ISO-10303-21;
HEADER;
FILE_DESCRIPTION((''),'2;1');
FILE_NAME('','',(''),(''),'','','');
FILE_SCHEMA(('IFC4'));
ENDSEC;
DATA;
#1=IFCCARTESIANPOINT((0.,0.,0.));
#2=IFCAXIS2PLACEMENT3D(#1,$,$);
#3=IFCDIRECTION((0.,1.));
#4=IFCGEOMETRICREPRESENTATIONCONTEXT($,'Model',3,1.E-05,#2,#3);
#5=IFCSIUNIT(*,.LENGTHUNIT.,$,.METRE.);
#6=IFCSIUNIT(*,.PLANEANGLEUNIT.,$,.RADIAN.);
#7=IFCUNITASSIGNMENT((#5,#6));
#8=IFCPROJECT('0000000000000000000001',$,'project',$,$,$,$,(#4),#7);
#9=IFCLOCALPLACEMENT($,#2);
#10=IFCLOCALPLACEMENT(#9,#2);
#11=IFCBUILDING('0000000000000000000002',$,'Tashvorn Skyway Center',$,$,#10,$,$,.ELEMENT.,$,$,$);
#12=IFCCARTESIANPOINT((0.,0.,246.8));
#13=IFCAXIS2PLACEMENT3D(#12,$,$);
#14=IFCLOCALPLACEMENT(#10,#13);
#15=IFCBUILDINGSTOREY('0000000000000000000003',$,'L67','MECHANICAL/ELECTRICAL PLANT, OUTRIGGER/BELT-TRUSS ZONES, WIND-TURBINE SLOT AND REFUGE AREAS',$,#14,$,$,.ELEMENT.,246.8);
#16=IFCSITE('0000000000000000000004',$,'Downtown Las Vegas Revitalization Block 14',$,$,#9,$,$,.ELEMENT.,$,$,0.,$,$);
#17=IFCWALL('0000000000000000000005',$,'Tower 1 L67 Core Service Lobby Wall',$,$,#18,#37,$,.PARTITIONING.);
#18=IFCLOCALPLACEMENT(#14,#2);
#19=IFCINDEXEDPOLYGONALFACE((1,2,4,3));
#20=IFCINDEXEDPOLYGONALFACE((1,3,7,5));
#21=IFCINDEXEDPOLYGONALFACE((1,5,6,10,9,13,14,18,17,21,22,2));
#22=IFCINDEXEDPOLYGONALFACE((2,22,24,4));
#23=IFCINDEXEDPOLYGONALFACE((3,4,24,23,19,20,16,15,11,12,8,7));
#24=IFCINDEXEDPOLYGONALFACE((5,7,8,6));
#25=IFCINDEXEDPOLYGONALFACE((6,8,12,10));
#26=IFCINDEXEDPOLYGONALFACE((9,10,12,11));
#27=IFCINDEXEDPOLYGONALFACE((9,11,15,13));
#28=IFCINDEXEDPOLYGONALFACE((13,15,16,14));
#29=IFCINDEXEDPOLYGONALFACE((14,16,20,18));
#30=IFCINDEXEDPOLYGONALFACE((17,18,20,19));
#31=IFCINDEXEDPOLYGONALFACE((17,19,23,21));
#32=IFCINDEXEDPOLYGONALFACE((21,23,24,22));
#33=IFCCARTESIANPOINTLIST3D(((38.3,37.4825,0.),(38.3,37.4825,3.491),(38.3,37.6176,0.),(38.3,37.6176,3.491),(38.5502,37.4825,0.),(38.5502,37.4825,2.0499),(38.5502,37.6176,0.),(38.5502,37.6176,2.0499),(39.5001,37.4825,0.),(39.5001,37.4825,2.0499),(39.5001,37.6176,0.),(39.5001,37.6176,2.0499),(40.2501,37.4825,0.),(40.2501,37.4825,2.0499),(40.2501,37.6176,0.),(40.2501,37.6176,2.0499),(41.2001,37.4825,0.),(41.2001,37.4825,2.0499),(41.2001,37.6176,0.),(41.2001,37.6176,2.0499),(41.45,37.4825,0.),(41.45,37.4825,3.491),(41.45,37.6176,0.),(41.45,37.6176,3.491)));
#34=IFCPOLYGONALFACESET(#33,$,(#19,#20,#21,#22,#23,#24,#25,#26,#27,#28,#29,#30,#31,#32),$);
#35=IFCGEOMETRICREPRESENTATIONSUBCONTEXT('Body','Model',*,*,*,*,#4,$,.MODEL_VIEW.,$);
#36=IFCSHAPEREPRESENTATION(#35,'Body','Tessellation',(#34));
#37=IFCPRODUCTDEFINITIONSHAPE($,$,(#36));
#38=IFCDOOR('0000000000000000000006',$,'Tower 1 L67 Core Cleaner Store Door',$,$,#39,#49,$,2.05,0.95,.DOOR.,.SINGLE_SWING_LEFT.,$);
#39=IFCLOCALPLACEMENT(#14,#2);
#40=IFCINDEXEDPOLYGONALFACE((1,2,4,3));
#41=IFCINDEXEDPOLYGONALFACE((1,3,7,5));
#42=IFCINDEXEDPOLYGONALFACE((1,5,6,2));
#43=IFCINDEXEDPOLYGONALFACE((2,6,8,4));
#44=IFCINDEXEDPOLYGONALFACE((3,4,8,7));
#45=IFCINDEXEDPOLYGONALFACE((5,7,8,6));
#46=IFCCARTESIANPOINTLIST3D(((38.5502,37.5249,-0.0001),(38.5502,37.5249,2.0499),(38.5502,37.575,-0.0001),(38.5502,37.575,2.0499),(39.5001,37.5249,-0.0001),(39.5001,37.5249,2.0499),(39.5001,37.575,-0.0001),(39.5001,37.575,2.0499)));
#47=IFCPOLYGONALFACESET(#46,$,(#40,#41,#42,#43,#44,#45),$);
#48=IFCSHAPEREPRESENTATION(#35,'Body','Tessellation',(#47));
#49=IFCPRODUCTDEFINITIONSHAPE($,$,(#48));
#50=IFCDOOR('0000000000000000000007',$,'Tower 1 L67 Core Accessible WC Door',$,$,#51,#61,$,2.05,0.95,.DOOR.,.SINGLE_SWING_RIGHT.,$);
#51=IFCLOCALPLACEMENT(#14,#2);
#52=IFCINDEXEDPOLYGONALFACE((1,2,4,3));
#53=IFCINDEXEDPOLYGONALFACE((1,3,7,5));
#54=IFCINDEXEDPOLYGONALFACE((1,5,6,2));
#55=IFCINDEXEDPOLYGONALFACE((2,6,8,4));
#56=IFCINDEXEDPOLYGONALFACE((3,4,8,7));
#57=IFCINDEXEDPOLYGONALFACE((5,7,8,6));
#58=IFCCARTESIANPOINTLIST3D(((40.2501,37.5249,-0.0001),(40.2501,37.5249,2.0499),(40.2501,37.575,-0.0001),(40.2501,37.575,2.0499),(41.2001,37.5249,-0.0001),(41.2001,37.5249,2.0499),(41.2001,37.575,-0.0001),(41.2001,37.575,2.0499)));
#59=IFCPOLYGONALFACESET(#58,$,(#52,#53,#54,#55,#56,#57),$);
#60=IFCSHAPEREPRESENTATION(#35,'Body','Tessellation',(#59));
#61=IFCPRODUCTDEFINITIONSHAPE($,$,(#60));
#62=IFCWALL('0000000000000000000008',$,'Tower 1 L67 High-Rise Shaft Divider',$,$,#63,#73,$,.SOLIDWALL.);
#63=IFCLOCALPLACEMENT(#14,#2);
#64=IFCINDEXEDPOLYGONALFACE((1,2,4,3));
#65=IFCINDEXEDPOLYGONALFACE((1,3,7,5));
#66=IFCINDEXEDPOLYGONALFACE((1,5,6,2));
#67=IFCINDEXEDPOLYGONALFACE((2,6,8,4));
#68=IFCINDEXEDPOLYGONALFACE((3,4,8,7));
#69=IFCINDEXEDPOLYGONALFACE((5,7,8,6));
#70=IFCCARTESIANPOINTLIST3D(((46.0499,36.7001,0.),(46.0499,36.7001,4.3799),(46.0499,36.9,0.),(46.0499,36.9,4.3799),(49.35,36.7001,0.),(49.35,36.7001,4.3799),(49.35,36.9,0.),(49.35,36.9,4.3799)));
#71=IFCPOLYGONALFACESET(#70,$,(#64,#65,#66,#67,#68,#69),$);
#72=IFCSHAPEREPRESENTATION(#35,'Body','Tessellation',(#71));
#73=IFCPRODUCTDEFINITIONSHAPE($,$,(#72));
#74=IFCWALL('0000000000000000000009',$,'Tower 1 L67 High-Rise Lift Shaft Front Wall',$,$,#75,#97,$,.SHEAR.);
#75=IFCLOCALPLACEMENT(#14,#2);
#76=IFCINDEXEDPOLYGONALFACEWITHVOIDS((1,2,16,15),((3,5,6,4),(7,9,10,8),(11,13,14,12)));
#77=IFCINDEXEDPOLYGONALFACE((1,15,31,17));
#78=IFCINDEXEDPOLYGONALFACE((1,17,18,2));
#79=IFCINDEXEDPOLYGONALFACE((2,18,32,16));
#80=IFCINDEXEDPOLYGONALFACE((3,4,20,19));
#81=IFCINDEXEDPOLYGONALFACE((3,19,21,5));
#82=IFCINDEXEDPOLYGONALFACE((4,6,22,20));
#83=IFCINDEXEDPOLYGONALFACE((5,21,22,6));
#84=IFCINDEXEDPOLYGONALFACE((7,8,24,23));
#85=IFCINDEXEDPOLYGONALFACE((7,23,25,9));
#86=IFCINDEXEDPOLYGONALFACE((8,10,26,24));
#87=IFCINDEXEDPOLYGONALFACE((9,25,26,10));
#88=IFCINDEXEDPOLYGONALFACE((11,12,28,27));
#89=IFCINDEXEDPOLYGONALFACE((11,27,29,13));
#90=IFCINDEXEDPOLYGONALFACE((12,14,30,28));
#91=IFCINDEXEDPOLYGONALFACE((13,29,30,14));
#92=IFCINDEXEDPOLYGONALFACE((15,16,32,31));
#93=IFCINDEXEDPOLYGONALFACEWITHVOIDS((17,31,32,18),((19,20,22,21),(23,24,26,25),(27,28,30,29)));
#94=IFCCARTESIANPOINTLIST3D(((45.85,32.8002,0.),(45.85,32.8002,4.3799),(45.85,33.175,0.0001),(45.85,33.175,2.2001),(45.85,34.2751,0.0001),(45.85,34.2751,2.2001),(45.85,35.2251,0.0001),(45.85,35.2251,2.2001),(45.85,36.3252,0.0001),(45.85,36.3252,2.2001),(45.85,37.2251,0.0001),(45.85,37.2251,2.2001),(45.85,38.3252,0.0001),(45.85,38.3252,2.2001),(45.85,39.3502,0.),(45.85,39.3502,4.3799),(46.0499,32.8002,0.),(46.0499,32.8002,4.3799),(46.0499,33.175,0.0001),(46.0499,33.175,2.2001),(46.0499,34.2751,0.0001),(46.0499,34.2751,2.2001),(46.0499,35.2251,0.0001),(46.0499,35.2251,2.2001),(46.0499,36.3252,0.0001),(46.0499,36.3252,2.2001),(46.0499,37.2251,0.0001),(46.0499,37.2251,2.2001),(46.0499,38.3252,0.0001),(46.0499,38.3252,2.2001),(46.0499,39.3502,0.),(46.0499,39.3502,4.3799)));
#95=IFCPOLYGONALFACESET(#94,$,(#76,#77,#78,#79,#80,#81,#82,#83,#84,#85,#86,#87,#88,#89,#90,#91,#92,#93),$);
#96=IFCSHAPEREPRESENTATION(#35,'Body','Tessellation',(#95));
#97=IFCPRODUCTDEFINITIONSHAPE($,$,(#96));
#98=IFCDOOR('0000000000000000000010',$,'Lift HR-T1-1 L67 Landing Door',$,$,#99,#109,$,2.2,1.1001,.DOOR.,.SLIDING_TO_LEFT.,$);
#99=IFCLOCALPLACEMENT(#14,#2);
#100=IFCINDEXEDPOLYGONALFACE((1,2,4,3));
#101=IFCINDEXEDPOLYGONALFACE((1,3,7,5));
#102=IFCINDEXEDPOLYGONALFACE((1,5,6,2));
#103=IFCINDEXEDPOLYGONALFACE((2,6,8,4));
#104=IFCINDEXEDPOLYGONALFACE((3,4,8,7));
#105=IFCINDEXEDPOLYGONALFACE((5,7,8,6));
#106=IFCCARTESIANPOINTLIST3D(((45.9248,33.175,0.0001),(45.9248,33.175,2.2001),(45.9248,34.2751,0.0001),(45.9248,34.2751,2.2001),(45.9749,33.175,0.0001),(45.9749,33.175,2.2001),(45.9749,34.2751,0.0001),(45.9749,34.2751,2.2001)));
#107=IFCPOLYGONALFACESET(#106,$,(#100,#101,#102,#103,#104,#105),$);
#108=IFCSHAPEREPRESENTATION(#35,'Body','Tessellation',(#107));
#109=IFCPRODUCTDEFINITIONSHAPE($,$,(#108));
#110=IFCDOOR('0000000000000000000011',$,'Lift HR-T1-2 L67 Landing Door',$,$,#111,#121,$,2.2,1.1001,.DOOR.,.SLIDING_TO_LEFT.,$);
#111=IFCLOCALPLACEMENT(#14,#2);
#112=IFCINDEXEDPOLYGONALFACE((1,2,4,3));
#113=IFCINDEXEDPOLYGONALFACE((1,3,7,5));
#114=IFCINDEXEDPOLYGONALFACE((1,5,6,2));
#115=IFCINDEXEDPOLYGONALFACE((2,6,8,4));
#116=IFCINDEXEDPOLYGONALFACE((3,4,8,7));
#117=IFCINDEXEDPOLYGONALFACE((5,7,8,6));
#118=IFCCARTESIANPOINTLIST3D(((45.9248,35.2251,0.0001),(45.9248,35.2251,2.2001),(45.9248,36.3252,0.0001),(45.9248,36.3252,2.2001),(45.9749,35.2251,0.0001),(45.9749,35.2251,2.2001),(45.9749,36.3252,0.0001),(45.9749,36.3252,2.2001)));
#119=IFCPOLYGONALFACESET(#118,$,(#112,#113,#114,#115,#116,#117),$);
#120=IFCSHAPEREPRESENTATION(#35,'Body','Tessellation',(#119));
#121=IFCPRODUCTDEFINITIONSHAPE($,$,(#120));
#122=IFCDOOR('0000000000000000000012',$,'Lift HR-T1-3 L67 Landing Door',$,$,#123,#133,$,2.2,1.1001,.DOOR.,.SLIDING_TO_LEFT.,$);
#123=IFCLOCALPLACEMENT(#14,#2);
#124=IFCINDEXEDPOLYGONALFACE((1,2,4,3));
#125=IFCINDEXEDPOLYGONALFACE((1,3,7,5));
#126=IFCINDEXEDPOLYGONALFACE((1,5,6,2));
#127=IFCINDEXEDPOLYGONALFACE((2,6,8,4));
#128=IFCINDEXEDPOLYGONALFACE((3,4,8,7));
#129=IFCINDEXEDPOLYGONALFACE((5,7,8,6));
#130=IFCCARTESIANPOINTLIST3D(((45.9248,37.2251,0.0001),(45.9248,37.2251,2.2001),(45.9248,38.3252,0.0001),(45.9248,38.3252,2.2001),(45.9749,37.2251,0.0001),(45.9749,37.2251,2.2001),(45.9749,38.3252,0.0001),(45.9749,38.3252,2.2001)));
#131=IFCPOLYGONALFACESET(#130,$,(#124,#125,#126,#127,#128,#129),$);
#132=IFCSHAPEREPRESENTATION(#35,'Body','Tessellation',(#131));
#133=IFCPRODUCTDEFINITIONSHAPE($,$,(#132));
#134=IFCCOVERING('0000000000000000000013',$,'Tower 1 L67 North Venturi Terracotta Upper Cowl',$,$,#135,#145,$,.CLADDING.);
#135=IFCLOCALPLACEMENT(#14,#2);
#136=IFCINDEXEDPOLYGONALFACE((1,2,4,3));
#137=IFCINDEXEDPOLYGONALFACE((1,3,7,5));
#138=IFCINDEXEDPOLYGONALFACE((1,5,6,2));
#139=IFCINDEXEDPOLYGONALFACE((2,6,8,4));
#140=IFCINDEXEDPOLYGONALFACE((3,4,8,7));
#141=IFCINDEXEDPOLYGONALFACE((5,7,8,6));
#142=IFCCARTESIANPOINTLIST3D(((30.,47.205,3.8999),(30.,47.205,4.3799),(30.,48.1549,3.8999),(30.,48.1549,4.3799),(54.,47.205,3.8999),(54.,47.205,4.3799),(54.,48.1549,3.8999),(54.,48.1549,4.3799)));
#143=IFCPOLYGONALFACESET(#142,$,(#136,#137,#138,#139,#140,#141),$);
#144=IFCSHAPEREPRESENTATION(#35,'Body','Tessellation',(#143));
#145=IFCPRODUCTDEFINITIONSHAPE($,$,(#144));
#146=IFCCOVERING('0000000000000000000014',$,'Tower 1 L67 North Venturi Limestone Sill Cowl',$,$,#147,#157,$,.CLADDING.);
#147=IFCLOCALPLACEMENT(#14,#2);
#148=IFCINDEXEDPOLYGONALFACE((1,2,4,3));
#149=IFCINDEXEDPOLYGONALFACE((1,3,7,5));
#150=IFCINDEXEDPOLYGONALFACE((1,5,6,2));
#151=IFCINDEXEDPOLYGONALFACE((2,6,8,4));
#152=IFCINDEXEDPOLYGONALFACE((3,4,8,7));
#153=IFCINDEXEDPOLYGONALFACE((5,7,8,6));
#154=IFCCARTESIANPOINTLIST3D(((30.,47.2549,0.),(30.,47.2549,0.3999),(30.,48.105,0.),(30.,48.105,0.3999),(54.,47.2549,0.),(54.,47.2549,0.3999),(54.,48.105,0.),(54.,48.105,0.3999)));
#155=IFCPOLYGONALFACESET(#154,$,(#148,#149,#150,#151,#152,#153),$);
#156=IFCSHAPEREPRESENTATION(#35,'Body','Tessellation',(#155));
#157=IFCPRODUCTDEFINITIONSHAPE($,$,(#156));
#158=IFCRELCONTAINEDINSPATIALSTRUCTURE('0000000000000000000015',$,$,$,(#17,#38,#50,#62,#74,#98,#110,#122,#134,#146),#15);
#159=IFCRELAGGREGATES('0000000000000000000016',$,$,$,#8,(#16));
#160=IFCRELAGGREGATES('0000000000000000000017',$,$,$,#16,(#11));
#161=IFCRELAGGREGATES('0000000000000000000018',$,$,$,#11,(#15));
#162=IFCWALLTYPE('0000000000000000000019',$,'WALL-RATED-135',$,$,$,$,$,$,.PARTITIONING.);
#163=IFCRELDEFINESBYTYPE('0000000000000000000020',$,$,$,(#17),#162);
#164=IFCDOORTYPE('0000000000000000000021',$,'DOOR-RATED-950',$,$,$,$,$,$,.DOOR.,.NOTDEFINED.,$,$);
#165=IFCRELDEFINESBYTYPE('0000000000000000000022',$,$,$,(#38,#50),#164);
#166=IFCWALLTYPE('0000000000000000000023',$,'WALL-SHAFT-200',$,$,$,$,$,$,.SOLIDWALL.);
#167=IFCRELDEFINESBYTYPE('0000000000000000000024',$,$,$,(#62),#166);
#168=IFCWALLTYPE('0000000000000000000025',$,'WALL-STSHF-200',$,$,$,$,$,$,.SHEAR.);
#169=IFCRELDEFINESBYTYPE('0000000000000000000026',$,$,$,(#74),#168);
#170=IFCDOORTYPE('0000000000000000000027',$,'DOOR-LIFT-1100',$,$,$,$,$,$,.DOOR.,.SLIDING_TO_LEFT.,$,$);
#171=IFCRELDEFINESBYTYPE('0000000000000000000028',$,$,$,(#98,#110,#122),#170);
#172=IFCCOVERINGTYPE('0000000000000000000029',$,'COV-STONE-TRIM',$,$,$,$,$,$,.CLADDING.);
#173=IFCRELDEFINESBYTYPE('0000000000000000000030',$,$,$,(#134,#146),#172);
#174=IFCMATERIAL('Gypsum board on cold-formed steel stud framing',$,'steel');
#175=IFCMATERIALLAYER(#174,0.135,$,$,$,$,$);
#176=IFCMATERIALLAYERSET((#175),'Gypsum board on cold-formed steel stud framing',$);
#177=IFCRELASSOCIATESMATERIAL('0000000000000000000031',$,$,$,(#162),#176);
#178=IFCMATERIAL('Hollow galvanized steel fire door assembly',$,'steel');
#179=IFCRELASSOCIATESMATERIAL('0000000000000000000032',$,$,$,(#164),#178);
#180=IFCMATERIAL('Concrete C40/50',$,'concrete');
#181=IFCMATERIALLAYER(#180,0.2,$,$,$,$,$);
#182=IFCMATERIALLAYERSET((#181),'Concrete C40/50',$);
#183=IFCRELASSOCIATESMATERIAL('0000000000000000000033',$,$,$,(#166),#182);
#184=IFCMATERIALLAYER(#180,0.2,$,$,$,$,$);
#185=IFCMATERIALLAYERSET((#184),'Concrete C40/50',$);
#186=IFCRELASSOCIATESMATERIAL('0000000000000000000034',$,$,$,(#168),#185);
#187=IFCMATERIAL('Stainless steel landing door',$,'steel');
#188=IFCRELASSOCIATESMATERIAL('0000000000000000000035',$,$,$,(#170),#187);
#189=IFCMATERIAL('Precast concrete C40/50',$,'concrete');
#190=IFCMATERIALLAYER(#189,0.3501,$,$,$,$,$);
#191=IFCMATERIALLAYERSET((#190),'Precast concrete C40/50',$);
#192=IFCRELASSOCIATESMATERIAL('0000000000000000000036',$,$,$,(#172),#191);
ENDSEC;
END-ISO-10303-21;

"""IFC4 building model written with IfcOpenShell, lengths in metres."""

from ifc_helpers import new_model, si_unit, direction, frame, frame_2d, origin, origin_2d, place, context, subcontext, project, spatial, rectangle, extrude, material, layer, layer_set, type_object, element, fill, save


model = new_model("IFC4")

# Units and contexts
model_context = context("Model", 3, precision=1e-05, world=origin(), true_north=direction((0.0, 1.0)))
body_context = subcontext(model_context, "Body", "Model", "MODEL_VIEW")
ifc_project = project(units=[si_unit("LENGTHUNIT", "METRE"), si_unit("PLANEANGLEUNIT", "RADIAN")], contexts=[model_context])

# Site, building, storey
site_placement = place(None, origin())
site = spatial("IfcSite", under=ifc_project, at=site_placement, Name="Downtown Las Vegas Revitalization Block 14", CompositionType="ELEMENT", RefElevation=0.0)
building_placement = place(site_placement, origin())
building = spatial("IfcBuilding", under=site, at=building_placement, Name="Tashvorn Skyway Center", CompositionType="ELEMENT")
storey_placement = place(building_placement, frame((0.0, 0.0, 246.8)))
storey = spatial("IfcBuildingStorey", under=building, at=storey_placement, Name="L67", Description="MECHANICAL/ELECTRICAL PLANT, OUTRIGGER/BELT-TRUSS ZONES, WIND-TURBINE SLOT AND REFUGE AREAS", CompositionType="ELEMENT", Elevation=246.8)

# Wall, openings, doors
ifc_material_1 = material(Name="Gypsum board on cold-formed steel stud framing", Category="steel")
ifc_layer_1 = layer(ifc_material_1, 0.135)
ifc_layer_set_1 = layer_set([ifc_layer_1], Name="Gypsum board on cold-formed steel stud framing")
wall_type_1 = type_object("IfcWallType", Name="WALL-RATED-135", PredefinedType="PARTITIONING", material=ifc_layer_set_1)
wall_1_placement = place(storey_placement, frame((38.3, 37.55, 0.0), z_axis=(0.0, 0.0, 1.0), x_axis=(1.0, 0.0, 0.0)))
wall_1 = element("IfcWall", 1, at=wall_1_placement, inside=storey, type_object=wall_type_1, Name="Tower 1 L67 Core Service Lobby Wall", PredefinedType="PARTITIONING", context=body_context, shape_type="SweptSolid", body=[
    extrude(rectangle(XDim=3.1499, YDim=0.135, at=frame_2d((1.575, 0.0))), origin(), (0.0, 0.0, 1.0), 3.491),
])
opening_1_placement = place(wall_1_placement, frame((0.25, 0.0, 0.0)))
opening_1 = element("IfcOpeningElement", 2, at=opening_1_placement, cuts=wall_1, PredefinedType="OPENING", context=body_context, shape_type="SweptSolid", body=[
    extrude(rectangle(XDim=0.95, YDim=2.05, at=frame_2d((0.4751, 1.0249))), frame((0.0, 0.0774, 0.0), z_axis=(0.0, -1.0, 0.0), x_axis=(1.0, 0.0, 0.0)), (0.0, 0.0, 1.0), 0.155),
])
opening_2_placement = place(wall_1_placement, frame((1.95, 0.0, 0.0)))
opening_2 = element("IfcOpeningElement", 3, at=opening_2_placement, cuts=wall_1, PredefinedType="OPENING", context=body_context, shape_type="SweptSolid", body=[
    extrude(rectangle(XDim=0.95, YDim=2.05, at=frame_2d((0.4751, 1.0249))), frame((0.0, 0.0774, 0.0), z_axis=(0.0, -1.0, 0.0), x_axis=(1.0, 0.0, 0.0)), (0.0, 0.0, 1.0), 0.155),
])
ifc_material_2 = material(Name="Hollow galvanized steel fire door assembly", Category="steel")
door_type_1 = type_object("IfcDoorType", Name="DOOR-RATED-950", OperationType="NOTDEFINED", PredefinedType="DOOR", material=ifc_material_2)
door_1_placement = place(opening_1_placement, origin())
door_1 = element("IfcDoor", 4, at=door_1_placement, inside=storey, type_object=door_type_1, Name="Tower 1 L67 Core Cleaner Store Door", OperationType="SINGLE_SWING_LEFT", OverallHeight=2.05, OverallWidth=0.95, PredefinedType="DOOR", context=body_context, shape_type="SweptSolid", body=[
    extrude(rectangle(XDim=0.95, YDim=2.05, at=frame_2d((0.4751, 1.0249))), frame((0.0, 0.0249, 0.0), z_axis=(0.0, -1.0, 0.0), x_axis=(1.0, 0.0, 0.0)), (0.0, 0.0, 1.0), 0.05),
])
fill(opening_1, door_1)
door_2_placement = place(opening_2_placement, origin())
door_2 = element("IfcDoor", 5, at=door_2_placement, inside=storey, type_object=door_type_1, Name="Tower 1 L67 Core Accessible WC Door", OperationType="SINGLE_SWING_RIGHT", OverallHeight=2.05, OverallWidth=0.95, PredefinedType="DOOR", context=body_context, shape_type="SweptSolid", body=[
    extrude(rectangle(XDim=0.95, YDim=2.05, at=frame_2d((0.4751, 1.0249))), frame((0.0, 0.0249, 0.0), z_axis=(0.0, -1.0, 0.0), x_axis=(1.0, 0.0, 0.0)), (0.0, 0.0, 1.0), 0.05),
])
fill(opening_2, door_2)

# Wall
ifc_material_3 = material(Name="Concrete C40/50", Category="concrete")
ifc_layer_2 = layer(ifc_material_3, 0.2)
ifc_layer_set_2 = layer_set([ifc_layer_2], Name="Concrete C40/50")
wall_type_2 = type_object("IfcWallType", Name="WALL-SHAFT-200", PredefinedType="SOLIDWALL", material=ifc_layer_set_2)
wall_2_placement = place(storey_placement, frame((46.05, 36.8, 0.0), z_axis=(0.0, 0.0, 1.0), x_axis=(1.0, 0.0, 0.0)))
element("IfcWall", 6, at=wall_2_placement, inside=storey, type_object=wall_type_2, Name="Tower 1 L67 High-Rise Shaft Divider", PredefinedType="SOLIDWALL", context=body_context, shape_type="SweptSolid", body=[
    extrude(rectangle(XDim=3.3, YDim=0.2, at=frame_2d((1.6499, 0.0))), origin(), (0.0, 0.0, 1.0), 4.3799),
])

# Wall, openings, doors
ifc_layer_3 = layer(ifc_material_3, 0.2)
ifc_layer_set_3 = layer_set([ifc_layer_3], Name="Concrete C40/50")
wall_type_3 = type_object("IfcWallType", Name="WALL-STSHF-200", PredefinedType="SHEAR", material=ifc_layer_set_3)
wall_3_placement = place(storey_placement, frame((45.95, 39.3501, 0.0), z_axis=(0.0, 0.0, 1.0), x_axis=(0.0, -1.0, 0.0)))
wall_3 = element("IfcWall", 7, at=wall_3_placement, inside=storey, type_object=wall_type_3, Name="Tower 1 L67 High-Rise Lift Shaft Front Wall", PredefinedType="SHEAR", context=body_context, shape_type="SweptSolid", body=[
    extrude(rectangle(XDim=6.55, YDim=0.2, at=frame_2d((3.2749, 0.0))), origin(), (0.0, 0.0, 1.0), 4.3799),
])
opening_3_placement = place(wall_3_placement, frame((5.075, 0.0, 0.0)))
opening_3 = element("IfcOpeningElement", 8, at=opening_3_placement, cuts=wall_3, PredefinedType="OPENING", context=body_context, shape_type="SweptSolid", body=[
    extrude(rectangle(XDim=1.1001, YDim=2.2, at=frame_2d((0.55, 1.1001))), frame((0.0, 0.1099, 0.0), z_axis=(0.0, -1.0, 0.0), x_axis=(1.0, 0.0, 0.0)), (0.0, 0.0, 1.0), 0.22),
])
opening_4_placement = place(wall_3_placement, frame((3.0249, 0.0, 0.0)))
opening_4 = element("IfcOpeningElement", 9, at=opening_4_placement, cuts=wall_3, PredefinedType="OPENING", context=body_context, shape_type="SweptSolid", body=[
    extrude(rectangle(XDim=1.1001, YDim=2.2, at=frame_2d((0.55, 1.1001))), frame((0.0, 0.1099, 0.0), z_axis=(0.0, -1.0, 0.0), x_axis=(1.0, 0.0, 0.0)), (0.0, 0.0, 1.0), 0.22),
])
opening_5_placement = place(wall_3_placement, frame((1.0249, 0.0, 0.0)))
opening_5 = element("IfcOpeningElement", 10, at=opening_5_placement, cuts=wall_3, PredefinedType="OPENING", context=body_context, shape_type="SweptSolid", body=[
    extrude(rectangle(XDim=1.1001, YDim=2.2, at=frame_2d((0.55, 1.1001))), frame((0.0, 0.1099, 0.0), z_axis=(0.0, -1.0, 0.0), x_axis=(1.0, 0.0, 0.0)), (0.0, 0.0, 1.0), 0.22),
])
ifc_material_4 = material(Name="Stainless steel landing door", Category="steel")
door_type_2 = type_object("IfcDoorType", Name="DOOR-LIFT-1100", OperationType="SLIDING_TO_LEFT", PredefinedType="DOOR", material=ifc_material_4)
door_3_placement = place(opening_3_placement, origin())
door_3 = element("IfcDoor", 11, at=door_3_placement, inside=storey, type_object=door_type_2, Name="Lift HR-T1-1 L67 Landing Door", OperationType="SLIDING_TO_LEFT", OverallHeight=2.2, OverallWidth=1.1001, PredefinedType="DOOR", context=body_context, shape_type="SweptSolid", body=[
    extrude(rectangle(XDim=1.1001, YDim=2.2, at=frame_2d((0.55, 1.1001))), frame((0.0, 0.0249, 0.0), z_axis=(0.0, -1.0, 0.0), x_axis=(1.0, 0.0, 0.0)), (0.0, 0.0, 1.0), 0.05),
])
fill(opening_3, door_3)
door_4_placement = place(opening_4_placement, origin())
door_4 = element("IfcDoor", 12, at=door_4_placement, inside=storey, type_object=door_type_2, Name="Lift HR-T1-2 L67 Landing Door", OperationType="SLIDING_TO_LEFT", OverallHeight=2.2, OverallWidth=1.1001, PredefinedType="DOOR", context=body_context, shape_type="SweptSolid", body=[
    extrude(rectangle(XDim=1.1001, YDim=2.2, at=frame_2d((0.55, 1.1001))), frame((0.0, 0.0249, 0.0), z_axis=(0.0, -1.0, 0.0), x_axis=(1.0, 0.0, 0.0)), (0.0, 0.0, 1.0), 0.05),
])
fill(opening_4, door_4)
door_5_placement = place(opening_5_placement, origin())
door_5 = element("IfcDoor", 13, at=door_5_placement, inside=storey, type_object=door_type_2, Name="Lift HR-T1-3 L67 Landing Door", OperationType="SLIDING_TO_LEFT", OverallHeight=2.2, OverallWidth=1.1001, PredefinedType="DOOR", context=body_context, shape_type="SweptSolid", body=[
    extrude(rectangle(XDim=1.1001, YDim=2.2, at=frame_2d((0.55, 1.1001))), frame((0.0, 0.0249, 0.0), z_axis=(0.0, -1.0, 0.0), x_axis=(1.0, 0.0, 0.0)), (0.0, 0.0, 1.0), 0.05),
])
fill(opening_5, door_5)

# Coverings
ifc_material_5 = material(Name="Precast concrete C40/50", Category="concrete")
ifc_layer_4 = layer(ifc_material_5, 0.3501)
ifc_layer_set_4 = layer_set([ifc_layer_4], Name="Precast concrete C40/50")
covering_type = type_object("IfcCoveringType", Name="COV-STONE-TRIM", PredefinedType="CLADDING", material=ifc_layer_set_4)
covering_1_placement = place(storey_placement, frame((42.0, 47.6799, 3.8999), z_axis=(0.0, 0.0, 1.0), x_axis=(1.0, 0.0, 0.0)))
element("IfcCovering", 14, at=covering_1_placement, inside=storey, type_object=covering_type, Name="Tower 1 L67 North Venturi Terracotta Upper Cowl", PredefinedType="CLADDING", context=body_context, shape_type="SweptSolid", body=[
    extrude(rectangle(XDim=24.0, YDim=0.95, at=origin_2d()), origin(), (0.0, 0.0, 1.0), 0.48),
])
covering_2_placement = place(storey_placement, frame((42.0, 47.6799, 0.0), z_axis=(0.0, 0.0, 1.0), x_axis=(1.0, 0.0, 0.0)))
element("IfcCovering", 15, at=covering_2_placement, inside=storey, type_object=covering_type, Name="Tower 1 L67 North Venturi Limestone Sill Cowl", PredefinedType="CLADDING", context=body_context, shape_type="SweptSolid", body=[
    extrude(rectangle(XDim=24.0, YDim=0.8501, at=origin_2d()), origin(), (0.0, 0.0, 1.0), 0.3999),
])

save(model, "model.ifc")
